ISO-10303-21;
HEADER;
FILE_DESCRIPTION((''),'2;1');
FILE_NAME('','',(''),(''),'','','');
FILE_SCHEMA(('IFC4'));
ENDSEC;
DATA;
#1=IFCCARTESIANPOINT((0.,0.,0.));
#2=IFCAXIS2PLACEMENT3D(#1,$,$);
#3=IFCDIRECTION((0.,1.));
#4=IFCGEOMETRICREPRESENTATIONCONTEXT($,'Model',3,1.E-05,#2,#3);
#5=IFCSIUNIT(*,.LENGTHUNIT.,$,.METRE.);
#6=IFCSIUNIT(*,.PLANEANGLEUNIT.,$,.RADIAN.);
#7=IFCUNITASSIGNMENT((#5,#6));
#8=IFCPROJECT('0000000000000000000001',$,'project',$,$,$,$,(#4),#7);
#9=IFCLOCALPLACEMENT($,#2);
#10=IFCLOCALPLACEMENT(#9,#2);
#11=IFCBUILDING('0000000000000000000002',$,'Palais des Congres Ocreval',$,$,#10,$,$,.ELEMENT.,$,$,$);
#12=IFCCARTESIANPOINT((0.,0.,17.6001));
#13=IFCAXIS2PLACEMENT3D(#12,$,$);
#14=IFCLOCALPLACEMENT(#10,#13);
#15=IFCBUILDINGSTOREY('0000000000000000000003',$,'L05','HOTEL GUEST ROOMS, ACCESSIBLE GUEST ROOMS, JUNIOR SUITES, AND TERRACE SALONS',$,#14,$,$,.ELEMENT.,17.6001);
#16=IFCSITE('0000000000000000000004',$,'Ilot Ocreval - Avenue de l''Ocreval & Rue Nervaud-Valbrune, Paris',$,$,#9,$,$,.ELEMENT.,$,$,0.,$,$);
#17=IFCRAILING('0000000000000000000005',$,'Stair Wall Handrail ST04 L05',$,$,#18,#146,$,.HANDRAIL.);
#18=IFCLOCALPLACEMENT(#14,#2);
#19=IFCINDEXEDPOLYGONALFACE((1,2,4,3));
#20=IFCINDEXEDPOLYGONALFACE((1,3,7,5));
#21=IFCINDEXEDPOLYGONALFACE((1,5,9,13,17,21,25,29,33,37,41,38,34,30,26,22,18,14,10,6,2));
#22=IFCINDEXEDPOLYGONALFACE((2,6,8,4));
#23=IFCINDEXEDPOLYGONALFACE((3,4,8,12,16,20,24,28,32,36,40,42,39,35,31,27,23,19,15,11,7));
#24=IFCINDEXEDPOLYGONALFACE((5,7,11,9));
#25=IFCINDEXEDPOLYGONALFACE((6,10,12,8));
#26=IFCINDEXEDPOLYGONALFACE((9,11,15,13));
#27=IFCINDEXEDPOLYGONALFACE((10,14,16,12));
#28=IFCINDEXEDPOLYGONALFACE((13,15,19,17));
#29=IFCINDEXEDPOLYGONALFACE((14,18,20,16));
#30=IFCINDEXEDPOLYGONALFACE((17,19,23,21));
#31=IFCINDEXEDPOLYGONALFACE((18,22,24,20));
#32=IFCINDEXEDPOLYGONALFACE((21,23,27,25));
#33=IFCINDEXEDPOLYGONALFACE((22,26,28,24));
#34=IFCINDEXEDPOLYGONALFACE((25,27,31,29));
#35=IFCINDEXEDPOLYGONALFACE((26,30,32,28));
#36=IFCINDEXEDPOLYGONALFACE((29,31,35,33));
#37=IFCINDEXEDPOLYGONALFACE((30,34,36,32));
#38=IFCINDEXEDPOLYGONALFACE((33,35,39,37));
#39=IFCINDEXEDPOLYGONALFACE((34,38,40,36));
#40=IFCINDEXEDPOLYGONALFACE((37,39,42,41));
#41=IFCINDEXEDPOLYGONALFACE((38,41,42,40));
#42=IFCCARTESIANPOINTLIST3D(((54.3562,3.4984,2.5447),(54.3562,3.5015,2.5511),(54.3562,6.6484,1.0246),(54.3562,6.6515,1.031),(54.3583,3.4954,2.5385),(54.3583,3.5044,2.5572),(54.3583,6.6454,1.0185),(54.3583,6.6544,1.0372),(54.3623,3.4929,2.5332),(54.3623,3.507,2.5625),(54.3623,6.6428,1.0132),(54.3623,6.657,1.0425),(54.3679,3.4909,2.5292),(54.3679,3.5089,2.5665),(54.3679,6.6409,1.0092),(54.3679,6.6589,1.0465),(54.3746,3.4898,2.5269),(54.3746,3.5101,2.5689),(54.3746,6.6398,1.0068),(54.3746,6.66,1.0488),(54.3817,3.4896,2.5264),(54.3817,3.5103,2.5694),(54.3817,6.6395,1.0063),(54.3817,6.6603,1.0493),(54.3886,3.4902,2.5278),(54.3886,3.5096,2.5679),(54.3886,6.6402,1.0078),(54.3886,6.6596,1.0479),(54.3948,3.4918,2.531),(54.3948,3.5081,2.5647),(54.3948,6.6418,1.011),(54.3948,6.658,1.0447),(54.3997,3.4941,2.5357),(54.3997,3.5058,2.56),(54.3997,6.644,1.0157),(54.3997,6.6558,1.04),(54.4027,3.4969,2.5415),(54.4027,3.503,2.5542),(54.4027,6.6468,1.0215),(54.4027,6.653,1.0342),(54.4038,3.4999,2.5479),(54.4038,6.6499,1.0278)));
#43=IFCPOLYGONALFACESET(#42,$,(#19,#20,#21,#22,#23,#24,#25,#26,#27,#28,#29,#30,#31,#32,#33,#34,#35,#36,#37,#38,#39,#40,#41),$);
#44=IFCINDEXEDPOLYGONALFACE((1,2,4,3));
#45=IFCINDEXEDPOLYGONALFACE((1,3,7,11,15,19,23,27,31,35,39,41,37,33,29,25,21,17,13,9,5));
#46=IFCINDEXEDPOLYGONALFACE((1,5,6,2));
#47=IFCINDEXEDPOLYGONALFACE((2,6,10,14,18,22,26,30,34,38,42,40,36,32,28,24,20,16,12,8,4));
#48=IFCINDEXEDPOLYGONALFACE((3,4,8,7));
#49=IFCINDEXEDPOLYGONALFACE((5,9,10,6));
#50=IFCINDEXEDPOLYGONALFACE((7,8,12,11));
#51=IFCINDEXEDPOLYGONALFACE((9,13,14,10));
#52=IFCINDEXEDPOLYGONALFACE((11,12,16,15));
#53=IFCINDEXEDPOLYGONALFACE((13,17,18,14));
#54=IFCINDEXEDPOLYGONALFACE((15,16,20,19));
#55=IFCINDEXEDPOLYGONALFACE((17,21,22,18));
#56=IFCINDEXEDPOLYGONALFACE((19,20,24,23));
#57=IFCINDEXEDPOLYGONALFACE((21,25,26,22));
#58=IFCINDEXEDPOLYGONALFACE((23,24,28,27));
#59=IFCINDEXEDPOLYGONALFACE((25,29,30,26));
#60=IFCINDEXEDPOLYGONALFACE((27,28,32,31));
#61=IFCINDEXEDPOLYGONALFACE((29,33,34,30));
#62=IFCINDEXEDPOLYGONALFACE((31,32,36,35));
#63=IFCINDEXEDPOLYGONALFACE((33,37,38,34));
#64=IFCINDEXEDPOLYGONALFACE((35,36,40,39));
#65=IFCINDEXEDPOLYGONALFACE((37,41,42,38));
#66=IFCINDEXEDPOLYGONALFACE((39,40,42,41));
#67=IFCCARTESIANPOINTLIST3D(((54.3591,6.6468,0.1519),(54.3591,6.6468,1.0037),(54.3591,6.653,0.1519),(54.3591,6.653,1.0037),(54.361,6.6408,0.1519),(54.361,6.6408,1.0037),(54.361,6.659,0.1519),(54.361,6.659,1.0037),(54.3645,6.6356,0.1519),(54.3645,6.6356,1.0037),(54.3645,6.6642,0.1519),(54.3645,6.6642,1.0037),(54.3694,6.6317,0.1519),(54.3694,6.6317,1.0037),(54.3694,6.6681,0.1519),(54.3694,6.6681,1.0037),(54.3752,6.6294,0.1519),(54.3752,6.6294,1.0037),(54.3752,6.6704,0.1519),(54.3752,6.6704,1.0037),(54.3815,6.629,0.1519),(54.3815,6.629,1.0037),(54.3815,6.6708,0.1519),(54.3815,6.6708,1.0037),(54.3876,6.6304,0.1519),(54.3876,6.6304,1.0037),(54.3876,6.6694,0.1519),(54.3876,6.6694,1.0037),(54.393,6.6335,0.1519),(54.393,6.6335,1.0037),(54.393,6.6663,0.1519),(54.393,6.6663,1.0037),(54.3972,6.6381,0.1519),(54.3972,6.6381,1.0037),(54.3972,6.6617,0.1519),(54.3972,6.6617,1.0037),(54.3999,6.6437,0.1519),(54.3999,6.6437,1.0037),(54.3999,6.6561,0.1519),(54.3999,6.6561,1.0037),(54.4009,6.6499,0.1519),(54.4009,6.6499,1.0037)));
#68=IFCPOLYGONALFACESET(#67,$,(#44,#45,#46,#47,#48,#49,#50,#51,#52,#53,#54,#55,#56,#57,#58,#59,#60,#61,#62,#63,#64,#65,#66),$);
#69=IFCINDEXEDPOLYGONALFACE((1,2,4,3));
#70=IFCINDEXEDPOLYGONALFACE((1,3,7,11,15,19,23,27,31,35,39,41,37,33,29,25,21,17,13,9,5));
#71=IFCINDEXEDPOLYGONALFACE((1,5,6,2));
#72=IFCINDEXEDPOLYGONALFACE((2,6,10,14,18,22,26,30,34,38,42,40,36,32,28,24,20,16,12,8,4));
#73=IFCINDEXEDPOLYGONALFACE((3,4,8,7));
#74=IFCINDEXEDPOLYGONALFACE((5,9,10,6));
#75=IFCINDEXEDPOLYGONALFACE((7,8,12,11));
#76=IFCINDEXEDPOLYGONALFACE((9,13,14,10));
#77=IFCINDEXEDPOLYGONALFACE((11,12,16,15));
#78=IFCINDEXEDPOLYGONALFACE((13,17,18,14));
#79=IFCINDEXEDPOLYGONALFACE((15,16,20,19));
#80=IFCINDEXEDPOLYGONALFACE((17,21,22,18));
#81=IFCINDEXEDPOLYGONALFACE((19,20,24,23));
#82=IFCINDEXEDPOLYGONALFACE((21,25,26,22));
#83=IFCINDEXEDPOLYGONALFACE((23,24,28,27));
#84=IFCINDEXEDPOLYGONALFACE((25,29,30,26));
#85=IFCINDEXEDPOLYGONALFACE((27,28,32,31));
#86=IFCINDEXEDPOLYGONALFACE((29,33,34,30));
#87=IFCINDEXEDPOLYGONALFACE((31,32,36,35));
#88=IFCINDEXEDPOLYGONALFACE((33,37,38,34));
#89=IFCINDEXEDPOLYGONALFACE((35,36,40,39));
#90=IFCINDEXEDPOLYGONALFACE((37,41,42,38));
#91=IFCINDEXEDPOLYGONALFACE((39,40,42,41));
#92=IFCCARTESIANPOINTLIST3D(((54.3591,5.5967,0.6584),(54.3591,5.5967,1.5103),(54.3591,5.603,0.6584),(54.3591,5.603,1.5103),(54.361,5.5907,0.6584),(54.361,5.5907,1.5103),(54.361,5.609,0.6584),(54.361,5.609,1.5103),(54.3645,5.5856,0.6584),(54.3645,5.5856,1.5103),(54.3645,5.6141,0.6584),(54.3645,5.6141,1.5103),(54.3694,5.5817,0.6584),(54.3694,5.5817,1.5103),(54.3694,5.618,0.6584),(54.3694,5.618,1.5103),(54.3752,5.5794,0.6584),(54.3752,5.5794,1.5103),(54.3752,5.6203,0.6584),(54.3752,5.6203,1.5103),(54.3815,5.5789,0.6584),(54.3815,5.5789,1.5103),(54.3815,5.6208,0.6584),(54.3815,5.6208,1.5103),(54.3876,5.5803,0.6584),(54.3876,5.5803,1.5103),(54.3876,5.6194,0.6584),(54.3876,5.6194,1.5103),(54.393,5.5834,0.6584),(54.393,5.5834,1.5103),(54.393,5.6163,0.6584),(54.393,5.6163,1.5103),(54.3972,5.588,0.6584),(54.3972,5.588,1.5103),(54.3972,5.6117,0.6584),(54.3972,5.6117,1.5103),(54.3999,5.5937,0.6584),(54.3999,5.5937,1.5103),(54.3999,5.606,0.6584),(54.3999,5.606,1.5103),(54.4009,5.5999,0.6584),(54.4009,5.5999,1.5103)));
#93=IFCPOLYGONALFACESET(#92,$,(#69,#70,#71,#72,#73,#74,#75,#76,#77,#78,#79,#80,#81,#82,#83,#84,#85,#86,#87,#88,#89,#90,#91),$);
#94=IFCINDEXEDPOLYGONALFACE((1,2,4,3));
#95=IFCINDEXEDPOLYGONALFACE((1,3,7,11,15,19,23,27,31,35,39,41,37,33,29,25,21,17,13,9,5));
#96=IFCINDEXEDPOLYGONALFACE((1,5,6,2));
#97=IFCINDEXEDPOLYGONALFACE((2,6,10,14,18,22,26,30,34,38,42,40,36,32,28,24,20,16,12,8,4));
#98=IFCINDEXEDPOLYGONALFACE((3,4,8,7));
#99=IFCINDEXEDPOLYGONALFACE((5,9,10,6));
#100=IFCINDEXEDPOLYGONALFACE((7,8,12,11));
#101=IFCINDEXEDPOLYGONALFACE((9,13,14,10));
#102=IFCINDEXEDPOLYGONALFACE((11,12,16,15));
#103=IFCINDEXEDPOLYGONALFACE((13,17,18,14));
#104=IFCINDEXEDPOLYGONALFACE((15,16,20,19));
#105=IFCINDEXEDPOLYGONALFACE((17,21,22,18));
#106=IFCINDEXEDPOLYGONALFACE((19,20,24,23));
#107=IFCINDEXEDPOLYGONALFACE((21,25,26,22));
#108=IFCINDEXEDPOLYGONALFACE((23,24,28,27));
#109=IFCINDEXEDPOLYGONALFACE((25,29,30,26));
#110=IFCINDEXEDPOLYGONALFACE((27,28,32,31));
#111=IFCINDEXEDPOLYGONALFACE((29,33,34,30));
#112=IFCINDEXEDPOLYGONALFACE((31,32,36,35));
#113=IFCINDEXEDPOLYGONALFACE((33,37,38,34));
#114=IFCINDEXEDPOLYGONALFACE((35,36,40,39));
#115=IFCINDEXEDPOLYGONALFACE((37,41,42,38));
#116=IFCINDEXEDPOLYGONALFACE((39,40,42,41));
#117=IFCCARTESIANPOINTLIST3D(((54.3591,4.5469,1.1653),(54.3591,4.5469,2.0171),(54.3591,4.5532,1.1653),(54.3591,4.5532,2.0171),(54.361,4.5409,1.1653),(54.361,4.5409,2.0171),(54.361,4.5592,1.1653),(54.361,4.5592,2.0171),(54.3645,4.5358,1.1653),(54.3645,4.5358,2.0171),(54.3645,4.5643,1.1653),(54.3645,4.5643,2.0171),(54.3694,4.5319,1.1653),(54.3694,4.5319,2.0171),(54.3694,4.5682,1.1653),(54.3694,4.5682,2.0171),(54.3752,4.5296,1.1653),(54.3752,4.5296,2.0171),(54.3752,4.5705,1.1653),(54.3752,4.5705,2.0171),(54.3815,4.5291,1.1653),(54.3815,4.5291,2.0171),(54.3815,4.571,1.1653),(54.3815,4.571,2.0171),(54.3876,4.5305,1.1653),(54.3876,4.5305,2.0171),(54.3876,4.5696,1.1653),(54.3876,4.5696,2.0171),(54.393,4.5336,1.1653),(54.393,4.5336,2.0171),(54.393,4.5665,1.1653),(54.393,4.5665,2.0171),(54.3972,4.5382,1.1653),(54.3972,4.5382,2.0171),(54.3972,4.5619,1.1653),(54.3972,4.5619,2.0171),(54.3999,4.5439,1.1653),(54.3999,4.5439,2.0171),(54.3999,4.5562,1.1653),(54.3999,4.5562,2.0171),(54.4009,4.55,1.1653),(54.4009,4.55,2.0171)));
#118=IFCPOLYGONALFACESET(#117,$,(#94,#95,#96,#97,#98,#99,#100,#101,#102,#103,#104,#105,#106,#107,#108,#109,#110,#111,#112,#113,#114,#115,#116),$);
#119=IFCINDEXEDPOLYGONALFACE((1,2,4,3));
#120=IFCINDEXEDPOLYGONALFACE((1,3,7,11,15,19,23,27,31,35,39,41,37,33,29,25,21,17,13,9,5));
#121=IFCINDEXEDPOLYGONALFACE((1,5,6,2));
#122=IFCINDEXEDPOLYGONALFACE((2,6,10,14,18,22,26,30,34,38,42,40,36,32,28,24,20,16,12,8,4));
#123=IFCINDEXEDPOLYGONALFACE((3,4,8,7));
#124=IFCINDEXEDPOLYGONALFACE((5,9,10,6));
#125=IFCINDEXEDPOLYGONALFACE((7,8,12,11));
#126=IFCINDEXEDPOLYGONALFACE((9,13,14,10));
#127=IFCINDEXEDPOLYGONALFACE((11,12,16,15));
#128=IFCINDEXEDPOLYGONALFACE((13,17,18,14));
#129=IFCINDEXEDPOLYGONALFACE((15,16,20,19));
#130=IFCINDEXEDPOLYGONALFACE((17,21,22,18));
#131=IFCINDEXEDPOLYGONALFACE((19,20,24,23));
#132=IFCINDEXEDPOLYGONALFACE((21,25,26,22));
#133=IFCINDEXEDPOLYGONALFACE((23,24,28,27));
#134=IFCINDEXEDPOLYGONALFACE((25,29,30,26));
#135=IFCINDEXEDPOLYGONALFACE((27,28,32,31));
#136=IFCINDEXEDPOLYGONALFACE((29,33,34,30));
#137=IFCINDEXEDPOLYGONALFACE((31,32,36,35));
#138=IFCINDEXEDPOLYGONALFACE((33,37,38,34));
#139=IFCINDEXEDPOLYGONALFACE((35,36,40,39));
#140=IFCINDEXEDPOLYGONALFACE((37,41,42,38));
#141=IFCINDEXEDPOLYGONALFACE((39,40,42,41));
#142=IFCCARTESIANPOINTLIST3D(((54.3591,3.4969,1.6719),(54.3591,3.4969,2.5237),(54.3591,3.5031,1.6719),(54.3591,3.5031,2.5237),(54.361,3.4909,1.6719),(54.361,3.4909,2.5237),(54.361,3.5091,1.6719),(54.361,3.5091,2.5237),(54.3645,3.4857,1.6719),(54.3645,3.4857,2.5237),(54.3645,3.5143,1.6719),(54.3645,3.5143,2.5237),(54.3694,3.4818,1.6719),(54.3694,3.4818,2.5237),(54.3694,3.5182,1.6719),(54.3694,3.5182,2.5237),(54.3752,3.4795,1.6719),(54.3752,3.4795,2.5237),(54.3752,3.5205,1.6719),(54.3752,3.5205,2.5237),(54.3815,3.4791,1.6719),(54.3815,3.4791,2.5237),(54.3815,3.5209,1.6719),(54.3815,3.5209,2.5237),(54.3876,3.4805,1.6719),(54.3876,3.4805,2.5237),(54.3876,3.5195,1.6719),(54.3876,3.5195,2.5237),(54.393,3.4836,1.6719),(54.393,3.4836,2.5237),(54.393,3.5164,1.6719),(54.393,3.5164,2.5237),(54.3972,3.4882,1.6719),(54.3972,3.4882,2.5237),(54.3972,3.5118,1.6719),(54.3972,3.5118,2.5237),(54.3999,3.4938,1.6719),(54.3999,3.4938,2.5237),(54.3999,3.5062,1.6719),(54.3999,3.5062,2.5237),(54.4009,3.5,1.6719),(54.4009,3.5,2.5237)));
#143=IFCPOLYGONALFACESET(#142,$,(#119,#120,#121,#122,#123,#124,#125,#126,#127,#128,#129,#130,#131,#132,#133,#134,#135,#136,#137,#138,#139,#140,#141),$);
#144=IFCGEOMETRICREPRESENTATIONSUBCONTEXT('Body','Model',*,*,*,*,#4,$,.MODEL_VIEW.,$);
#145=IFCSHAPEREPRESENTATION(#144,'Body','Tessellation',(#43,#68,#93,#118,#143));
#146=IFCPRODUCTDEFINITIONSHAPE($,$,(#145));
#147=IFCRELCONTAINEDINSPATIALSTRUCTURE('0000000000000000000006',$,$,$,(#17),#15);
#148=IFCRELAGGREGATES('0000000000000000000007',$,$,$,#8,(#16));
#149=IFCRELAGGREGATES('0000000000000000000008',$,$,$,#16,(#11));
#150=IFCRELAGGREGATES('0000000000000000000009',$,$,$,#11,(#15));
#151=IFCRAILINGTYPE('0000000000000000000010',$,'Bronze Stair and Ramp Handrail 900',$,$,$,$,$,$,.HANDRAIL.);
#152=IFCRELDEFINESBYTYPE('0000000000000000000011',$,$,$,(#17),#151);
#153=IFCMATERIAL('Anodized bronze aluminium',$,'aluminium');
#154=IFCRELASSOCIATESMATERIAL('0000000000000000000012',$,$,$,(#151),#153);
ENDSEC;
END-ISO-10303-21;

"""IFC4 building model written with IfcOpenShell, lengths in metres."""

from ifc_helpers import new_model, si_unit, direction, frame, origin, origin_2d, place, context, subcontext, project, spatial, circle, extrude, material, type_object, element, save


model = new_model("IFC4")

# Units and contexts
model_context = context("Model", 3, precision=1e-05, world=origin(), true_north=direction((0.0, 1.0)))
body_context = subcontext(model_context, "Body", "Model", "MODEL_VIEW")
ifc_project = project(units=[si_unit("LENGTHUNIT", "METRE"), si_unit("PLANEANGLEUNIT", "RADIAN")], contexts=[model_context])

# Site, building, storey
site_placement = place(None, origin())
site = spatial("IfcSite", under=ifc_project, at=site_placement, Name="Ilot Ocreval - Avenue de l'Ocreval & Rue Nervaud-Valbrune, Paris", CompositionType="ELEMENT", RefElevation=0.0)
building_placement = place(site_placement, origin())
building = spatial("IfcBuilding", under=site, at=building_placement, Name="Palais des Congres Ocreval", CompositionType="ELEMENT")
storey_placement = place(building_placement, frame((0.0, 0.0, 17.6001)))
storey = spatial("IfcBuildingStorey", under=building, at=storey_placement, Name="L05", Description="HOTEL GUEST ROOMS, ACCESSIBLE GUEST ROOMS, JUNIOR SUITES, AND TERRACE SALONS", CompositionType="ELEMENT", Elevation=17.6001)

# Shared definitions
ifc_material_1 = material(Name="Anodized bronze aluminium", Category="aluminium")

# Railing
railing_type_1 = type_object("IfcRailingType", Name="Bronze Stair and Ramp Handrail 900", PredefinedType="HANDRAIL", material=ifc_material_1)
railing_1_placement = place(storey_placement, frame((54.3799, 6.6499, 0.1519)))
element("IfcRailing", 1, at=railing_1_placement, inside=storey, type_object=railing_type_1, Name="Stair Wall Handrail ST04 L05", PredefinedType="HANDRAIL", context=body_context, shape_type="SweptSolid", body=[
    extrude(circle(Radius=0.0239, at=origin_2d()), frame((0.0, 0.0, 0.876), z_axis=(0.0, -0.900621, 0.434605), x_axis=(1.0, 0.0, 0.0)), (0.0, 0.0, 1.0), 3.4976),
    extrude(circle(Radius=0.021, at=origin_2d()), origin(), (0.0, 0.0, 1.0), 0.8518),
    extrude(circle(Radius=0.021, at=origin_2d()), frame((0.0, -1.05, 0.5066)), (0.0, 0.0, 1.0), 0.8518),
    extrude(circle(Radius=0.021, at=origin_2d()), frame((0.0, -2.0999, 1.0134)), (0.0, 0.0, 1.0), 0.8518),
    extrude(circle(Radius=0.021, at=origin_2d()), frame((0.0, -3.1499, 1.52)), (0.0, 0.0, 1.0), 0.8518),
])

save(model, "model.ifc")
